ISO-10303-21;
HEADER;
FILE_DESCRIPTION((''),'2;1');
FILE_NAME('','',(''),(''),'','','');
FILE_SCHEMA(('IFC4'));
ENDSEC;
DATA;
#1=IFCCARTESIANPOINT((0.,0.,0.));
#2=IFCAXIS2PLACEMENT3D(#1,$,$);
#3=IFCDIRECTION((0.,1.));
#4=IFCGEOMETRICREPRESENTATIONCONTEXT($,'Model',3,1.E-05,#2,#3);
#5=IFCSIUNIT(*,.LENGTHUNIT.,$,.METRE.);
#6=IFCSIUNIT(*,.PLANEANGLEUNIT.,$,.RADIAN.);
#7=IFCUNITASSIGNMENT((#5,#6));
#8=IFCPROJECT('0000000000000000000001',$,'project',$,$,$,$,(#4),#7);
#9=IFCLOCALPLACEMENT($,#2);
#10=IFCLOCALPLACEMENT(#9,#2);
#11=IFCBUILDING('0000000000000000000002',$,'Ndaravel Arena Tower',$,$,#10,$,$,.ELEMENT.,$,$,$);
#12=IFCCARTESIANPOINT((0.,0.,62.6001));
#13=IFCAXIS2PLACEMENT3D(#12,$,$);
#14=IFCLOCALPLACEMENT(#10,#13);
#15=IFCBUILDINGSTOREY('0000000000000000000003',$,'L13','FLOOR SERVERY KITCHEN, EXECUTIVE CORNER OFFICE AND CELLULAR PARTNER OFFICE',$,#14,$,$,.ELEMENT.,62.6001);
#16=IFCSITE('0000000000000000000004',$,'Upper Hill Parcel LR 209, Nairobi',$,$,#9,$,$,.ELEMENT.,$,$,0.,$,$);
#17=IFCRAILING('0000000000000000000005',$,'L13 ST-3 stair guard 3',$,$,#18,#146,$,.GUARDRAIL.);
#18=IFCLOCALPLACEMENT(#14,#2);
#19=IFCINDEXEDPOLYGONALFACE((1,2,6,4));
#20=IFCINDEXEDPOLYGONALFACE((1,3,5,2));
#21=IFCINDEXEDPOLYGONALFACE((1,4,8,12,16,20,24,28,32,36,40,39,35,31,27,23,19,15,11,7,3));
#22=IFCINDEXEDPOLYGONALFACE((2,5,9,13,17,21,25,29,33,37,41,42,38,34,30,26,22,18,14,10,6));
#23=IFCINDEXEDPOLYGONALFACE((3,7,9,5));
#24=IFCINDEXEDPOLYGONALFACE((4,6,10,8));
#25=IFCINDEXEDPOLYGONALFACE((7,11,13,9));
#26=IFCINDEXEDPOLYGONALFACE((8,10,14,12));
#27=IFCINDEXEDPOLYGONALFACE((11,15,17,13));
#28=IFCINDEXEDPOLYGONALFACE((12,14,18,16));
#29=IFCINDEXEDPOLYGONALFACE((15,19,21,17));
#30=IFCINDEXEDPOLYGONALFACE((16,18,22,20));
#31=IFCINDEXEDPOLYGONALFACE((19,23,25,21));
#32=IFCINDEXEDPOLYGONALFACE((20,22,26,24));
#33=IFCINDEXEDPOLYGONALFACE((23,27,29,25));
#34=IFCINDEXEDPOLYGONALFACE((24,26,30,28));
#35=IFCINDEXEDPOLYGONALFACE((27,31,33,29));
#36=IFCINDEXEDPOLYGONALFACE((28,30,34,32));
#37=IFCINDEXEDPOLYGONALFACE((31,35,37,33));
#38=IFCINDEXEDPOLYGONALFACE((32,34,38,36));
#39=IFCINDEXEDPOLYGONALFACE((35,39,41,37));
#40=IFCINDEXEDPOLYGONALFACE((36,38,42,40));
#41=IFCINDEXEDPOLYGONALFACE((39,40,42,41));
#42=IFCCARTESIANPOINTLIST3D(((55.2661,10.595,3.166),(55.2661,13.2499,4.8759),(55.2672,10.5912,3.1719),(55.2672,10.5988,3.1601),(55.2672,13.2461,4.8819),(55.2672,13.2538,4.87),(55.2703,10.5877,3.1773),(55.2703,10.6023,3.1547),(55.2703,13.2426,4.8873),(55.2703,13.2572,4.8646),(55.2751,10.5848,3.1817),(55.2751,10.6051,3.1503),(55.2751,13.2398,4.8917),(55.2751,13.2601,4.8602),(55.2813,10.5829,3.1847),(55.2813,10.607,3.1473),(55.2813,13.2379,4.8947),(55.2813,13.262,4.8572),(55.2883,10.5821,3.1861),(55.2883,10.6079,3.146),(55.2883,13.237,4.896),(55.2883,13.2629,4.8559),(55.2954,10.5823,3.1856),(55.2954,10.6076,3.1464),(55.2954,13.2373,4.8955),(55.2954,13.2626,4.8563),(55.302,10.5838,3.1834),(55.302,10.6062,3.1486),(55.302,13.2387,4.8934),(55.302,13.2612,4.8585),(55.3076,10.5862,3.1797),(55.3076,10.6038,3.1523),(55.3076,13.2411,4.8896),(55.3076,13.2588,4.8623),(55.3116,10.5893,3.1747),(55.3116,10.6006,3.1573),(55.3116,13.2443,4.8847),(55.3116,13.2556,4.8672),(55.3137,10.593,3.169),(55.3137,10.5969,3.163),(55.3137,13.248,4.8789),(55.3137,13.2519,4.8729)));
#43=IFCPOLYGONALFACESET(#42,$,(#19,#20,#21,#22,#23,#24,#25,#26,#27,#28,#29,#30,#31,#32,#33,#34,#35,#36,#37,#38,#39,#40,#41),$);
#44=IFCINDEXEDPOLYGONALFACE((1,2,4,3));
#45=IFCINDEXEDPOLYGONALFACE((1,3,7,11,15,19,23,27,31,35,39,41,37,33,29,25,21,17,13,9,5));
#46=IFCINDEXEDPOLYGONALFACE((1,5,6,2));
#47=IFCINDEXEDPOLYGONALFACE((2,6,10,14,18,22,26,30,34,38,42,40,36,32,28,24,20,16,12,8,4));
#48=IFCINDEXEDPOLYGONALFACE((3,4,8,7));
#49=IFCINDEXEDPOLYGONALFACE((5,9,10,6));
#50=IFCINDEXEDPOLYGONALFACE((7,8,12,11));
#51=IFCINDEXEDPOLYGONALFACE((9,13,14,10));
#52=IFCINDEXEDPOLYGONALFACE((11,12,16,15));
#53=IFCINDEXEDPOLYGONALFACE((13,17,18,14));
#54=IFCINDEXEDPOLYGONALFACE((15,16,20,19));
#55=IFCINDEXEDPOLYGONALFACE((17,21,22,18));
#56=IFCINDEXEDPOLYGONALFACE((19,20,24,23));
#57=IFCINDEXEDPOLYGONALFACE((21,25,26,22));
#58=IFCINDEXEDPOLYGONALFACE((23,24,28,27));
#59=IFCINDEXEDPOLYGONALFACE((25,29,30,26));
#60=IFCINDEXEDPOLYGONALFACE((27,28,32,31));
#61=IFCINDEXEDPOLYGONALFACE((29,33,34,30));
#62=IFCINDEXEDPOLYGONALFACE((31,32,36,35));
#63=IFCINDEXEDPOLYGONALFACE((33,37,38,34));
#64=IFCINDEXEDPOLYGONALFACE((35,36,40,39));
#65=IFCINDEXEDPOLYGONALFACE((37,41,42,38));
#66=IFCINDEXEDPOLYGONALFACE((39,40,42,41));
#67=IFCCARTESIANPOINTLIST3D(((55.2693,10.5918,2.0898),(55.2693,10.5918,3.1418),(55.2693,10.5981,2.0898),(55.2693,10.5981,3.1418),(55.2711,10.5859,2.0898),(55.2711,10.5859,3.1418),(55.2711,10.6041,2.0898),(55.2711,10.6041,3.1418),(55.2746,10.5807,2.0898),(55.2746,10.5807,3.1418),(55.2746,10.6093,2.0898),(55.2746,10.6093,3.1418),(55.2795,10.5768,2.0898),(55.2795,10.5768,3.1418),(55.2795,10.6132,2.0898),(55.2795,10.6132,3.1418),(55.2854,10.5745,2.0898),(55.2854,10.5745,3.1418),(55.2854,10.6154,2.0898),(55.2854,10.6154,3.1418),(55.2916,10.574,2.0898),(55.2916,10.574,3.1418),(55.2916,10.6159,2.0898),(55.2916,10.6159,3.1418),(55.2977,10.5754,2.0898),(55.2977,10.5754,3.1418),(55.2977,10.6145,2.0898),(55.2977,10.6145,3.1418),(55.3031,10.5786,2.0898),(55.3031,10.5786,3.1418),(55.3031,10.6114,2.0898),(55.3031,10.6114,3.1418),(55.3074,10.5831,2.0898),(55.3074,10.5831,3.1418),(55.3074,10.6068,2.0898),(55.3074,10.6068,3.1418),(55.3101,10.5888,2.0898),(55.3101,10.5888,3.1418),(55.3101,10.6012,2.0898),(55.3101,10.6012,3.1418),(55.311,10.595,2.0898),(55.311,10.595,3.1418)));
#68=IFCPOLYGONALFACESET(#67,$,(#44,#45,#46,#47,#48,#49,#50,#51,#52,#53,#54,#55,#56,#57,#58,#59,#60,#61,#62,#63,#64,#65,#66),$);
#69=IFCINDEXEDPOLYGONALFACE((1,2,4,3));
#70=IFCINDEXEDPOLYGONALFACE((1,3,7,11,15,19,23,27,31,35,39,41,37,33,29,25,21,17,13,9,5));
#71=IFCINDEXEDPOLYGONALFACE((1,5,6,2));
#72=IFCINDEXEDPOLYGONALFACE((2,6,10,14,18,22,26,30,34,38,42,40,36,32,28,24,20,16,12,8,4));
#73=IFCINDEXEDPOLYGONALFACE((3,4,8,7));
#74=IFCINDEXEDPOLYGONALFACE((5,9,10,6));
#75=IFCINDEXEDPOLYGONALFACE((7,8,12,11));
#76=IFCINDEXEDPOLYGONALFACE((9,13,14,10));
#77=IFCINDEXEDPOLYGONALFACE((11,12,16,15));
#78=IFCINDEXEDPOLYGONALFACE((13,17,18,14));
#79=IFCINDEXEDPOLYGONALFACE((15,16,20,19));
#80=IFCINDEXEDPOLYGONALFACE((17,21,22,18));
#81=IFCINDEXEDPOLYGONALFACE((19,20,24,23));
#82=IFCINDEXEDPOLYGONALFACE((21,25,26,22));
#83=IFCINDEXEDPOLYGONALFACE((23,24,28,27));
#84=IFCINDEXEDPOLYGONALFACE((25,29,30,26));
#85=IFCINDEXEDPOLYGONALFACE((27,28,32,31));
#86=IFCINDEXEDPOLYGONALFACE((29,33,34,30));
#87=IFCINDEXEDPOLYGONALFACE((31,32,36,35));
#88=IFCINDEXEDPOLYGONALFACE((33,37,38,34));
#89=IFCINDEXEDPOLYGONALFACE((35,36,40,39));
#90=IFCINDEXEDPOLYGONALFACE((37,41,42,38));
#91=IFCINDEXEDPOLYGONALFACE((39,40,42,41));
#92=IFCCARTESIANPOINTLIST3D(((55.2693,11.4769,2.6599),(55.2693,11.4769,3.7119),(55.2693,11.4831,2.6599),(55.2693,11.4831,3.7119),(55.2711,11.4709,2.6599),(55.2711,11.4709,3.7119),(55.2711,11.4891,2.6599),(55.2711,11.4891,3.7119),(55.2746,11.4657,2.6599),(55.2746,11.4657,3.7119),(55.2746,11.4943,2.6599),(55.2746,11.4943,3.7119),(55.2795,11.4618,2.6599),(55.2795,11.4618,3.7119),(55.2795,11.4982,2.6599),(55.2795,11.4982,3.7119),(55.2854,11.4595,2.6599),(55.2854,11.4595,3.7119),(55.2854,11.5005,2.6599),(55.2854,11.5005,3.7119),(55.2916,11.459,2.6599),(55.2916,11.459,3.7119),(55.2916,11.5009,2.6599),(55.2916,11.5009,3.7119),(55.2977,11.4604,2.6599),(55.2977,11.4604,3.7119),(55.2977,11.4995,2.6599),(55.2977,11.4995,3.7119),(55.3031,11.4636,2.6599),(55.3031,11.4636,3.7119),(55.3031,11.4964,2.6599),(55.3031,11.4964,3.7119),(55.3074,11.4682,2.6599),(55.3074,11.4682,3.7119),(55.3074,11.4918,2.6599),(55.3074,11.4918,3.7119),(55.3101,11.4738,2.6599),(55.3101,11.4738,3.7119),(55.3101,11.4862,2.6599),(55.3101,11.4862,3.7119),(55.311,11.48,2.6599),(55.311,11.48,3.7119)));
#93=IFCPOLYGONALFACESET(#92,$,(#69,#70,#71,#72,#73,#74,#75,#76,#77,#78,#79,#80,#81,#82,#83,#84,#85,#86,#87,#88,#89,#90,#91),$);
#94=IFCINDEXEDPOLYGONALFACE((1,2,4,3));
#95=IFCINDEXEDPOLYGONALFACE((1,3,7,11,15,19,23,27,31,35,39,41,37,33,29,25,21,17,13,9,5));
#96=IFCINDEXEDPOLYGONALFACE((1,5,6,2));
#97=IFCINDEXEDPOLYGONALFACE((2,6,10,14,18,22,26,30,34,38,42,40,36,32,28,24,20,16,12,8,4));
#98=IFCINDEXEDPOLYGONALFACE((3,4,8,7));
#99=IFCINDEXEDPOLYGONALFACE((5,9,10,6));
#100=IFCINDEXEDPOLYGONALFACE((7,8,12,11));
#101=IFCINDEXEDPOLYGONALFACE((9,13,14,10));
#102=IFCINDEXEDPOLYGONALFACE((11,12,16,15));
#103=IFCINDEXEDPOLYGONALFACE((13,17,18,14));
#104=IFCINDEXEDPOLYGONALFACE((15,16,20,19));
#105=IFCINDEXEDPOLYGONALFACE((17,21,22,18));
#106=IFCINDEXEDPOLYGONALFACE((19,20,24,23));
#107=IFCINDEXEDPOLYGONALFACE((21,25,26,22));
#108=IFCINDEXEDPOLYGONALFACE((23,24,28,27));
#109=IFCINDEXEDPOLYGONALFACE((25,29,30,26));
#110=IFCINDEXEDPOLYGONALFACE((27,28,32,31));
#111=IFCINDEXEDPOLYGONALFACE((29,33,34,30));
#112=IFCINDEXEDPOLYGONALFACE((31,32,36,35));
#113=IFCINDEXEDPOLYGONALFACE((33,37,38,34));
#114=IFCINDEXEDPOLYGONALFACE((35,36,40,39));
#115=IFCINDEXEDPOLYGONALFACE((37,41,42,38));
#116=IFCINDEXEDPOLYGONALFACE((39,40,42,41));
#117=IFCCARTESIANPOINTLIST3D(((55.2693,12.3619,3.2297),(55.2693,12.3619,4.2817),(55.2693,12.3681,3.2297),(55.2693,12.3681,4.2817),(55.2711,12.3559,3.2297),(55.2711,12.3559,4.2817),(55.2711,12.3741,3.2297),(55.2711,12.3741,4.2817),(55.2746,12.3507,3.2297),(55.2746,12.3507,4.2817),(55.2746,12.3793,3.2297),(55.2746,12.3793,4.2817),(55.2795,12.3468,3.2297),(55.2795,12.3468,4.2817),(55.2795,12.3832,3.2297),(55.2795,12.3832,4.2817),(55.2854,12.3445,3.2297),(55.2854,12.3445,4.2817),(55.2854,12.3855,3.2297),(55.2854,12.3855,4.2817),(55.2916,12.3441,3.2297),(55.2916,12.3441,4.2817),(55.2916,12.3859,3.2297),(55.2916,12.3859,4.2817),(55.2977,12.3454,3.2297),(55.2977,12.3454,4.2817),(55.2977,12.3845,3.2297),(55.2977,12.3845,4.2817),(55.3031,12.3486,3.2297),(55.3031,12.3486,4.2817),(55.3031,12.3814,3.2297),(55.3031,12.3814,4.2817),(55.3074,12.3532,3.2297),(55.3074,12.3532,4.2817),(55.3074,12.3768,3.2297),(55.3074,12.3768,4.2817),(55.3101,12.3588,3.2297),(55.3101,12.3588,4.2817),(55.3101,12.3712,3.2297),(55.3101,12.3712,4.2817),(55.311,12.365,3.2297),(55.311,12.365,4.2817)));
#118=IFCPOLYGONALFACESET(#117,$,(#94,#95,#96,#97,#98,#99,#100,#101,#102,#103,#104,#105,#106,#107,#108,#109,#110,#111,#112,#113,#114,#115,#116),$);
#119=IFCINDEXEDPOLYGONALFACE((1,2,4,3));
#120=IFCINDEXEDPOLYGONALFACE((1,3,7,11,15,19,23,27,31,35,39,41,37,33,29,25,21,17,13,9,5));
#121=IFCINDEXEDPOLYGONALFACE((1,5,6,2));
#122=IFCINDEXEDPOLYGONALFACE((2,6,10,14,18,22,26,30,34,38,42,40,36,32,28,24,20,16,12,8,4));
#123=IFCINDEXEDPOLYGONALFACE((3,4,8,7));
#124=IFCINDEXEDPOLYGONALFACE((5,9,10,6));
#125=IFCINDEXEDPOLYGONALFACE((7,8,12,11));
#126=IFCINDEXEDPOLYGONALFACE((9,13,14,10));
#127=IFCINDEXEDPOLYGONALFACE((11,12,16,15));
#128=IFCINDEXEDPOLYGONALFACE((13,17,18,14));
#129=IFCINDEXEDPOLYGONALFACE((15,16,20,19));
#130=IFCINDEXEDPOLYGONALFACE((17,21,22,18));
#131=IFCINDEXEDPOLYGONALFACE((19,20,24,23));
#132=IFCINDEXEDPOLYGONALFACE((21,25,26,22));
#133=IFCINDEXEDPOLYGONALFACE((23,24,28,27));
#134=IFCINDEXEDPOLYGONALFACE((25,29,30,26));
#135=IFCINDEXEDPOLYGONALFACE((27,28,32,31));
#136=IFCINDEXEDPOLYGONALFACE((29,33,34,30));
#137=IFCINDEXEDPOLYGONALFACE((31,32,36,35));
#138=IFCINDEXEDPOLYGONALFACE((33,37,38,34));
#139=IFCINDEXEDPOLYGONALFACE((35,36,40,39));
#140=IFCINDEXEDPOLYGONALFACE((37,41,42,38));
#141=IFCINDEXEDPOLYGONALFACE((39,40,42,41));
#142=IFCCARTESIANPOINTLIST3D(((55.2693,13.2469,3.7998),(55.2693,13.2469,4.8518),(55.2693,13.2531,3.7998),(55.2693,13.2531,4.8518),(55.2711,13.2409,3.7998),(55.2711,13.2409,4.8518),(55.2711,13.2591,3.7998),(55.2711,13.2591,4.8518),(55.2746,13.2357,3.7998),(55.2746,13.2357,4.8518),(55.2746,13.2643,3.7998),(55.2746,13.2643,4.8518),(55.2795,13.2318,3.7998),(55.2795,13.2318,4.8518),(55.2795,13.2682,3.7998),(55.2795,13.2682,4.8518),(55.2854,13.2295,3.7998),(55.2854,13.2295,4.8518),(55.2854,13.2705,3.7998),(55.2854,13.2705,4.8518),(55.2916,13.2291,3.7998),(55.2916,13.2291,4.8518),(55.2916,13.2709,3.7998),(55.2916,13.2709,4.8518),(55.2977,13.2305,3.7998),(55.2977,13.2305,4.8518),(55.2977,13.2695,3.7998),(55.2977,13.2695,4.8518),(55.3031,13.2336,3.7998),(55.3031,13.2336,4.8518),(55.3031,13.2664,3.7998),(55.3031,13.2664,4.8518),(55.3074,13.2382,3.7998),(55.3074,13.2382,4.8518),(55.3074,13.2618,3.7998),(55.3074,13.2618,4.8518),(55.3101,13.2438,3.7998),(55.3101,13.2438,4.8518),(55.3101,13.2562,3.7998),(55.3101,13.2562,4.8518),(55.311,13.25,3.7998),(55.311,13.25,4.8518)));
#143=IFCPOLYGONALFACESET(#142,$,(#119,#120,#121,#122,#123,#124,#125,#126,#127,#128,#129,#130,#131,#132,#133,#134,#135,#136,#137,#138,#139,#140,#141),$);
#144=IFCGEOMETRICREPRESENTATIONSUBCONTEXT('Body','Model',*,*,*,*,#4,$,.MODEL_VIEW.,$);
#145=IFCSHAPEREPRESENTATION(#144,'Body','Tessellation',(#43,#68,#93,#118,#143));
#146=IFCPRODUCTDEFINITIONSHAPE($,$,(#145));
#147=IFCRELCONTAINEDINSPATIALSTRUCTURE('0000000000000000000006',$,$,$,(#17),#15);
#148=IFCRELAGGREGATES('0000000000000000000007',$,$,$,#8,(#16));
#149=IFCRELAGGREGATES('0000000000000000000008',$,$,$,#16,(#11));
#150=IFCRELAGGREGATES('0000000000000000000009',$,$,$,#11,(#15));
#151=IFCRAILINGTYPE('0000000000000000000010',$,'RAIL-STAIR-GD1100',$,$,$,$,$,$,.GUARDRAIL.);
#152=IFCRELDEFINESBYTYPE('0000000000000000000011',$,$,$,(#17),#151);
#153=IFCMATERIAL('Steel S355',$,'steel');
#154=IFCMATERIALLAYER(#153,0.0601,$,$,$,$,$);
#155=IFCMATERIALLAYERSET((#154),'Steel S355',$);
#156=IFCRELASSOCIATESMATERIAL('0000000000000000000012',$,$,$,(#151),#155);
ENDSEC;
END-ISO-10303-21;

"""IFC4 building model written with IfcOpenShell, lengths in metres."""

from ifc_helpers import new_model, si_unit, direction, frame, origin, origin_2d, place, context, subcontext, project, spatial, circle, extrude, material, layer, layer_set, type_object, element, save


model = new_model("IFC4")

# Units and contexts
model_context = context("Model", 3, precision=1e-05, world=origin(), true_north=direction((0.0, 1.0)))
body_context = subcontext(model_context, "Body", "Model", "MODEL_VIEW")
ifc_project = project(units=[si_unit("LENGTHUNIT", "METRE"), si_unit("PLANEANGLEUNIT", "RADIAN")], contexts=[model_context])

# Site, building, storey
site_placement = place(None, origin())
site = spatial("IfcSite", under=ifc_project, at=site_placement, Name="Upper Hill Parcel LR 209, Nairobi", CompositionType="ELEMENT", RefElevation=0.0)
building_placement = place(site_placement, origin())
building = spatial("IfcBuilding", under=site, at=building_placement, Name="Ndaravel Arena Tower", CompositionType="ELEMENT")
storey_placement = place(building_placement, frame((0.0, 0.0, 62.6001)))
storey = spatial("IfcBuildingStorey", under=building, at=storey_placement, Name="L13", Description="FLOOR SERVERY KITCHEN, EXECUTIVE CORNER OFFICE AND CELLULAR PARTNER OFFICE", CompositionType="ELEMENT", Elevation=62.6001)

# Railing
ifc_material_1 = material(Name="Steel S355", Category="steel")
ifc_layer_1 = layer(ifc_material_1, 0.0601)
ifc_layer_set_1 = layer_set([ifc_layer_1], Name="Steel S355")
railing_type_1 = type_object("IfcRailingType", Name="RAIL-STAIR-GD1100", PredefinedType="GUARDRAIL", material=ifc_layer_set_1)
railing_1_placement = place(storey_placement, frame((55.29, 10.595, 2.0898)))
element("IfcRailing", 1, at=railing_1_placement, inside=storey, type_object=railing_type_1, Name="L13 ST-3 stair guard 3", PredefinedType="GUARDRAIL", context=body_context, shape_type="SweptSolid", body=[
    extrude(circle(Radius=0.0239, at=origin_2d()), frame((0.0, 0.0, 1.0762), z_axis=(0.0, 0.840724, 0.541465), x_axis=(-1.0, 0.0, 0.0)), (0.0, 0.0, 1.0), 3.158),
    extrude(circle(Radius=0.021, at=origin_2d()), origin(), (0.0, 0.0, 1.0), 1.052),
    extrude(circle(Radius=0.021, at=origin_2d()), frame((0.0, 0.885, 0.5701)), (0.0, 0.0, 1.0), 1.052),
    extrude(circle(Radius=0.021, at=origin_2d()), frame((0.0, 1.77, 1.1399)), (0.0, 0.0, 1.0), 1.052),
    extrude(circle(Radius=0.021, at=origin_2d()), frame((0.0, 2.655, 1.71)), (0.0, 0.0, 1.0), 1.052),
])

save(model, "model.ifc")
